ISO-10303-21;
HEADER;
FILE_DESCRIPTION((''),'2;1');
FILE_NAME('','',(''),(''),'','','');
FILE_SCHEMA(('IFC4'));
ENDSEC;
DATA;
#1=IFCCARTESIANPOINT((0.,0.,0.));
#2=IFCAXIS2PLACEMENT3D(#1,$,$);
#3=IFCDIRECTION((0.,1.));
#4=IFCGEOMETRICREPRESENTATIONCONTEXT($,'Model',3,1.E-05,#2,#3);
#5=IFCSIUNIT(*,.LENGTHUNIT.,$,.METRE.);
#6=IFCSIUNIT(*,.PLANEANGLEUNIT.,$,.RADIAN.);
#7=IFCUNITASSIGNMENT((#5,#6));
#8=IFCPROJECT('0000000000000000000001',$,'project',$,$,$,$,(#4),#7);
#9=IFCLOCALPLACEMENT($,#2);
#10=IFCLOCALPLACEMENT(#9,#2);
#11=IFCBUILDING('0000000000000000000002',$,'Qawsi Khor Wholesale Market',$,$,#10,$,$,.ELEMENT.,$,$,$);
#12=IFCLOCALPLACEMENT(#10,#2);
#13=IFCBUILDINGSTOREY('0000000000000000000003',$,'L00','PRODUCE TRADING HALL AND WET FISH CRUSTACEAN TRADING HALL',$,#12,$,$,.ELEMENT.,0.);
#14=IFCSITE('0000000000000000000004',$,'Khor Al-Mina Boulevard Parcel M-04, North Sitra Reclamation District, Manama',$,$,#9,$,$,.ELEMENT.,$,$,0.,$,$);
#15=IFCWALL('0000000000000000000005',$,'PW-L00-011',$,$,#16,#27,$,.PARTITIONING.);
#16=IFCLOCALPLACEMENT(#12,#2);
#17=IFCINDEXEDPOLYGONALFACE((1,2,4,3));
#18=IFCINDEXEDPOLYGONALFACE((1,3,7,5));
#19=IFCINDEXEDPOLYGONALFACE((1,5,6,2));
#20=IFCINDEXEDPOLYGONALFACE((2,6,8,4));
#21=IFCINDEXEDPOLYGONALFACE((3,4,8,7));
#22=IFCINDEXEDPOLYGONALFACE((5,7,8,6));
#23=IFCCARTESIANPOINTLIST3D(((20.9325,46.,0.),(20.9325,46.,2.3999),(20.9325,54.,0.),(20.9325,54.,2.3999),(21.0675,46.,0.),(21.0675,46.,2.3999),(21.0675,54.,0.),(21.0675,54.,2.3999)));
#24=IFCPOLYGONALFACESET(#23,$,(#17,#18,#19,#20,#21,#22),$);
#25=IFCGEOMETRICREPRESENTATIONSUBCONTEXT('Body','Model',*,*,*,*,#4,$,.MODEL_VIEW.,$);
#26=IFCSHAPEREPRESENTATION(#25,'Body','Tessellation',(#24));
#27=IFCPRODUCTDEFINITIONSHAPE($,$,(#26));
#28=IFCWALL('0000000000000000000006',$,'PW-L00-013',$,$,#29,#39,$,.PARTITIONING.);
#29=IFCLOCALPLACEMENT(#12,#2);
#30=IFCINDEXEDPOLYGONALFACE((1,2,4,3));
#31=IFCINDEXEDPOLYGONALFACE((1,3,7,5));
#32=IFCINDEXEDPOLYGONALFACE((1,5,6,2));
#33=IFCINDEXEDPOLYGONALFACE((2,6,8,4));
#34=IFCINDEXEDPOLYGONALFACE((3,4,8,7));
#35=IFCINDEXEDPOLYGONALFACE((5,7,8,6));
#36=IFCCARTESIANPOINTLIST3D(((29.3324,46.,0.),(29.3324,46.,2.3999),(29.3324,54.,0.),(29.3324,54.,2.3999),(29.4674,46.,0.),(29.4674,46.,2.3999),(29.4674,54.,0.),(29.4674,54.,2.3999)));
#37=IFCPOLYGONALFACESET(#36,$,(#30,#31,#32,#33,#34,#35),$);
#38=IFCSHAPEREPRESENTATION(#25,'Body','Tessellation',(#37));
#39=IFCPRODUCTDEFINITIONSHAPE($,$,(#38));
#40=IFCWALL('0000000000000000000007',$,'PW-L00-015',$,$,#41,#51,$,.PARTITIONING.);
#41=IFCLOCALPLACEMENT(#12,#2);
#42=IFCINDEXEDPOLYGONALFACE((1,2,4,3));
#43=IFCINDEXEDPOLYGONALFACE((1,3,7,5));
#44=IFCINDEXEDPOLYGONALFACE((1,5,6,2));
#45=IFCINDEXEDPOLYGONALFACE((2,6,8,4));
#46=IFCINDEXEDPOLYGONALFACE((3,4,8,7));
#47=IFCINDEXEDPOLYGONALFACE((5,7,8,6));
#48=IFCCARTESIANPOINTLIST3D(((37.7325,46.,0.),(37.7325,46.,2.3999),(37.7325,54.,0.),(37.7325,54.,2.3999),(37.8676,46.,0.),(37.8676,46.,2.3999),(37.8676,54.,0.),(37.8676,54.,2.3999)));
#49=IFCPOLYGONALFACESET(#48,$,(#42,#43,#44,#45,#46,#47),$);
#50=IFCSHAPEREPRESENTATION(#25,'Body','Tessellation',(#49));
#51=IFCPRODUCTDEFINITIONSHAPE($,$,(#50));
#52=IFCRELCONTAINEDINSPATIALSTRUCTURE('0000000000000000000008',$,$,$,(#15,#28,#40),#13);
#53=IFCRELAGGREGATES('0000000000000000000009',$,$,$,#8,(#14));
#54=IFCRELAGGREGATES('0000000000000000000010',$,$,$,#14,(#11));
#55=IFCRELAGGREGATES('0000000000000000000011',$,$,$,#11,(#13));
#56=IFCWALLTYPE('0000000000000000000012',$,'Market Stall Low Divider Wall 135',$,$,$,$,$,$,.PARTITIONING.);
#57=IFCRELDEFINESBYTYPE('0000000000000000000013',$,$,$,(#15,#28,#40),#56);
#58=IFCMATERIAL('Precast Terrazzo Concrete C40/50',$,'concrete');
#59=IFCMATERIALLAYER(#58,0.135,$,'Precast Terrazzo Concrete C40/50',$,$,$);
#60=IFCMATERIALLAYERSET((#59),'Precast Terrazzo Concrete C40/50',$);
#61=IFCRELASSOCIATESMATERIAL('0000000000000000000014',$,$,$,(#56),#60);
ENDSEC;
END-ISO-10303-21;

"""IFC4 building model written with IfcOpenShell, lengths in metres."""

from ifc_helpers import new_model, si_unit, direction, frame, frame_2d, origin, place, context, subcontext, project, spatial, rectangle, extrude, material, layer, layer_set, type_object, element, save


model = new_model("IFC4")

# Units and contexts
model_context = context("Model", 3, precision=1e-05, world=origin(), true_north=direction((0.0, 1.0)))
body_context = subcontext(model_context, "Body", "Model", "MODEL_VIEW")
ifc_project = project(units=[si_unit("LENGTHUNIT", "METRE"), si_unit("PLANEANGLEUNIT", "RADIAN")], contexts=[model_context])

# Site, building, storey
site_placement = place(None, origin())
site = spatial("IfcSite", under=ifc_project, at=site_placement, Name="Khor Al-Mina Boulevard Parcel M-04, North Sitra Reclamation District, Manama", CompositionType="ELEMENT", RefElevation=0.0)
building_placement = place(site_placement, origin())
building = spatial("IfcBuilding", under=site, at=building_placement, Name="Qawsi Khor Wholesale Market", CompositionType="ELEMENT")
storey_placement = place(building_placement, origin())
storey = spatial("IfcBuildingStorey", under=building, at=storey_placement, Name="L00", Description="PRODUCE TRADING HALL AND WET FISH CRUSTACEAN TRADING HALL", CompositionType="ELEMENT", Elevation=0.0)

# Walls
ifc_material_1 = material(Name="Precast Terrazzo Concrete C40/50", Category="concrete")
ifc_layer_1 = layer(ifc_material_1, 0.135, Name="Precast Terrazzo Concrete C40/50")
ifc_layer_set_1 = layer_set([ifc_layer_1], Name="Precast Terrazzo Concrete C40/50")
wall_type = type_object("IfcWallType", Name="Market Stall Low Divider Wall 135", PredefinedType="PARTITIONING", material=ifc_layer_set_1)
for number, where, z_axis, x_axis, name in (
    (1, (21.0, 46.0, 0.0), (0.0, 0.0, 1.0), (0.0, 1.0, 0.0), "PW-L00-011"),
    (2, (29.3999, 46.0, 0.0), (0.0, 0.0, 1.0), (0.0, 1.0, 0.0), "PW-L00-013"),
    (3, (37.8, 46.0, 0.0), (0.0, 0.0, 1.0), (0.0, 1.0, 0.0), "PW-L00-015"),
):
    element("IfcWall", number, at=place(storey_placement, frame(where, z_axis=z_axis, x_axis=x_axis)), inside=storey, type_object=wall_type, Name=name, PredefinedType="PARTITIONING", context=body_context, shape_type="SweptSolid", body=[
        extrude(rectangle(XDim=8.0, YDim=0.135, at=frame_2d((4.0, 0.0))), origin(), (0.0, 0.0, 1.0), 2.3999),
    ])

save(model, "model.ifc")
